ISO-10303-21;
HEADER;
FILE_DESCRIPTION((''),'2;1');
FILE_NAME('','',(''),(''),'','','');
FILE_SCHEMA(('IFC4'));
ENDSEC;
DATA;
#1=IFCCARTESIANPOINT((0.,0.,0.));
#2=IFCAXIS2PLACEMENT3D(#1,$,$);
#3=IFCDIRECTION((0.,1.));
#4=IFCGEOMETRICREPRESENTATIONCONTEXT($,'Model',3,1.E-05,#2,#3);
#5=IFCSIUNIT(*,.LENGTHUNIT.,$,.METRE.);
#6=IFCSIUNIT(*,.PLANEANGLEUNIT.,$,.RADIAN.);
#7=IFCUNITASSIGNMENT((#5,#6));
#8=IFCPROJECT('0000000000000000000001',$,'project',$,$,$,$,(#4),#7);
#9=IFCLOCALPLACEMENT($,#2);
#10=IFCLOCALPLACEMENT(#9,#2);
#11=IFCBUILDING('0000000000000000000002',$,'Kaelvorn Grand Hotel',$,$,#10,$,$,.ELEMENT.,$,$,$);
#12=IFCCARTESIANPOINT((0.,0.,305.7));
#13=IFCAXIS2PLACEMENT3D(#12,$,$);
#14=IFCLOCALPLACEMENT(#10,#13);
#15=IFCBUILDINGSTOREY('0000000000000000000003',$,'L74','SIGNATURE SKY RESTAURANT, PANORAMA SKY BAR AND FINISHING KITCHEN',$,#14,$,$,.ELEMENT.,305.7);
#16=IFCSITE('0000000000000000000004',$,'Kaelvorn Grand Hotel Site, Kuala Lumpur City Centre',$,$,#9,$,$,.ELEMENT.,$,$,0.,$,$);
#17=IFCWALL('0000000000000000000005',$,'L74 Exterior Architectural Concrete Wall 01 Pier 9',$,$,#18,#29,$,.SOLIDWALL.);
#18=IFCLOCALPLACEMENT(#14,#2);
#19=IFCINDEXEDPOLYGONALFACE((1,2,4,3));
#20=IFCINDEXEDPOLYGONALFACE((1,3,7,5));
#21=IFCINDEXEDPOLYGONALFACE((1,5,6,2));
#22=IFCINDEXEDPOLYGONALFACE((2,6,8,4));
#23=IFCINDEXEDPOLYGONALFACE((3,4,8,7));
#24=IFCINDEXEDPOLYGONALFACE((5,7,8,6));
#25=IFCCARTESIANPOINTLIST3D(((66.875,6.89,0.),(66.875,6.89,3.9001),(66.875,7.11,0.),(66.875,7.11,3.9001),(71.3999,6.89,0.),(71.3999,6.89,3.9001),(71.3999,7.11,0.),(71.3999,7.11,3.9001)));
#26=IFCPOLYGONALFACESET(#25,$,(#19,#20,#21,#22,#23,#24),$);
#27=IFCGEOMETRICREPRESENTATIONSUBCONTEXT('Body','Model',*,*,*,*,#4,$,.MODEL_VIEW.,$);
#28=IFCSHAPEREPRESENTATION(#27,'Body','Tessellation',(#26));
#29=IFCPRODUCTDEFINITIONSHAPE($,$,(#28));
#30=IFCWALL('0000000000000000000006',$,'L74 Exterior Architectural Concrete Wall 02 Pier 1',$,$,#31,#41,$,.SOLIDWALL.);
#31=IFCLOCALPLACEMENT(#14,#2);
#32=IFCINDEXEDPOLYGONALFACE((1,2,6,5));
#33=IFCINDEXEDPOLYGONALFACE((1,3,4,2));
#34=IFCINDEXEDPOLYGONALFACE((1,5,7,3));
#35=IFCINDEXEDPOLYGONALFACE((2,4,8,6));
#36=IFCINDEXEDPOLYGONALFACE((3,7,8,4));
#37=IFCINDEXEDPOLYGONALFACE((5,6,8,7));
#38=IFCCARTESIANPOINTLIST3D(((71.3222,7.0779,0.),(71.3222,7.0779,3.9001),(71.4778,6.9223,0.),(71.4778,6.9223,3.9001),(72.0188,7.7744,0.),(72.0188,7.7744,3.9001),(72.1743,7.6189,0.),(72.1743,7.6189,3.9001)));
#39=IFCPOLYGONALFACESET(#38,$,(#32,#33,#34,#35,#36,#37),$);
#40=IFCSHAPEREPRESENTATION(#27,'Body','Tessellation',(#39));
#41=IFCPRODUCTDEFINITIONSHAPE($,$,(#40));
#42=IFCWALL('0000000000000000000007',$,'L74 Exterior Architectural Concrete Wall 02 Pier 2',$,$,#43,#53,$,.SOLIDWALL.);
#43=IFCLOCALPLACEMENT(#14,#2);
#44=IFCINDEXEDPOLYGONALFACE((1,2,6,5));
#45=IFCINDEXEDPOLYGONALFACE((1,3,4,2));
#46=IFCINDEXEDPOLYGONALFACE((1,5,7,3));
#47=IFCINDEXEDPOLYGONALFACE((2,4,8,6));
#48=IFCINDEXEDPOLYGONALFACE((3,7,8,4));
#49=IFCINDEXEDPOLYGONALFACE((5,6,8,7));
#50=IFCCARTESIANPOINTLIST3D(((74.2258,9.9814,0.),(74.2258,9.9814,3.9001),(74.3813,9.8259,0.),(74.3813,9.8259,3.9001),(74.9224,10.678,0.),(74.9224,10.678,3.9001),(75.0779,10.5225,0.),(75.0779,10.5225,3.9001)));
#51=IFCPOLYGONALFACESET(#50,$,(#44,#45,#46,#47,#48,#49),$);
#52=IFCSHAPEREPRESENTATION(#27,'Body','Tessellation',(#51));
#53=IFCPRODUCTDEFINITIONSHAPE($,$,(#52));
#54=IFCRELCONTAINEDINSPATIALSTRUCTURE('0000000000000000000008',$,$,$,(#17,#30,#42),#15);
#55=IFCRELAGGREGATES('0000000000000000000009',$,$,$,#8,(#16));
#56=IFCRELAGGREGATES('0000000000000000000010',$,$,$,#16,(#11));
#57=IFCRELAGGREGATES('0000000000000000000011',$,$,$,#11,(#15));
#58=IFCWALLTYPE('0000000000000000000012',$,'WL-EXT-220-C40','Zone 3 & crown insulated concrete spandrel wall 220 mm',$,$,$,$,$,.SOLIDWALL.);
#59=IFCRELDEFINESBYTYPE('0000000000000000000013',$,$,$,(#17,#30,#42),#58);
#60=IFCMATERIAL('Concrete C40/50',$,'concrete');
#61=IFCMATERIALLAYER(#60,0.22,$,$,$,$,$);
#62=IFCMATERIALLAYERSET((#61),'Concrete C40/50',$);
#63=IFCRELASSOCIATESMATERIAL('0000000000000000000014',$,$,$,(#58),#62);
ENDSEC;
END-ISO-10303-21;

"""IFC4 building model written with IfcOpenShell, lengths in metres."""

from ifc_helpers import new_model, si_unit, direction, frame, frame_2d, origin, place, context, subcontext, project, spatial, rectangle, extrude, material, layer, layer_set, type_object, element, save


model = new_model("IFC4")

# Units and contexts
model_context = context("Model", 3, precision=1e-05, world=origin(), true_north=direction((0.0, 1.0)))
body_context = subcontext(model_context, "Body", "Model", "MODEL_VIEW")
ifc_project = project(units=[si_unit("LENGTHUNIT", "METRE"), si_unit("PLANEANGLEUNIT", "RADIAN")], contexts=[model_context])

# Site, building, storey
site_placement = place(None, origin())
site = spatial("IfcSite", under=ifc_project, at=site_placement, Name="Kaelvorn Grand Hotel Site, Kuala Lumpur City Centre", CompositionType="ELEMENT", RefElevation=0.0)
building_placement = place(site_placement, origin())
building = spatial("IfcBuilding", under=site, at=building_placement, Name="Kaelvorn Grand Hotel", CompositionType="ELEMENT")
storey_placement = place(building_placement, frame((0.0, 0.0, 305.7)))
storey = spatial("IfcBuildingStorey", under=building, at=storey_placement, Name="L74", Description="SIGNATURE SKY RESTAURANT, PANORAMA SKY BAR AND FINISHING KITCHEN", CompositionType="ELEMENT", Elevation=305.7)

# Walls
ifc_material_1 = material(Name="Concrete C40/50", Category="concrete")
ifc_layer_1 = layer(ifc_material_1, 0.22)
ifc_layer_set_1 = layer_set([ifc_layer_1], Name="Concrete C40/50")
wall_type = type_object("IfcWallType", Name="WL-EXT-220-C40", Description="Zone 3 & crown insulated concrete spandrel wall 220 mm", PredefinedType="SOLIDWALL", material=ifc_layer_set_1)
wall_placement = place(storey_placement, frame((66.875, 7.0, 0.0), z_axis=(0.0, 0.0, 1.0), x_axis=(1.0, 0.0, 0.0)))
element("IfcWall", 1, at=wall_placement, inside=storey, type_object=wall_type, Name="L74 Exterior Architectural Concrete Wall 01 Pier 9", PredefinedType="SOLIDWALL", context=body_context, shape_type="SweptSolid", body=[
    extrude(rectangle(XDim=4.5249, YDim=0.22, at=frame_2d((2.2625, 0.0))), origin(), (0.0, 0.0, 1.0), 3.9001),
])
for number, where, z_axis, x_axis, name in (
    (2, (71.3999, 7.0, 0.0), (0.0, 0.0, 1.0), (0.707107, 0.707107, 0.0), "L74 Exterior Architectural Concrete Wall 02 Pier 1"),
    (3, (74.3035, 9.9036, 0.0), (0.0, 0.0, 1.0), (0.707107, 0.707107, 0.0), "L74 Exterior Architectural Concrete Wall 02 Pier 2"),
):
    element("IfcWall", number, at=place(storey_placement, frame(where, z_axis=z_axis, x_axis=x_axis)), inside=storey, type_object=wall_type, Name=name, PredefinedType="SOLIDWALL", context=body_context, shape_type="SweptSolid", body=[
        extrude(rectangle(XDim=0.9851, YDim=0.22, at=frame_2d((0.4927, 0.0))), origin(), (0.0, 0.0, 1.0), 3.9001),
    ])

save(model, "model.ifc")
